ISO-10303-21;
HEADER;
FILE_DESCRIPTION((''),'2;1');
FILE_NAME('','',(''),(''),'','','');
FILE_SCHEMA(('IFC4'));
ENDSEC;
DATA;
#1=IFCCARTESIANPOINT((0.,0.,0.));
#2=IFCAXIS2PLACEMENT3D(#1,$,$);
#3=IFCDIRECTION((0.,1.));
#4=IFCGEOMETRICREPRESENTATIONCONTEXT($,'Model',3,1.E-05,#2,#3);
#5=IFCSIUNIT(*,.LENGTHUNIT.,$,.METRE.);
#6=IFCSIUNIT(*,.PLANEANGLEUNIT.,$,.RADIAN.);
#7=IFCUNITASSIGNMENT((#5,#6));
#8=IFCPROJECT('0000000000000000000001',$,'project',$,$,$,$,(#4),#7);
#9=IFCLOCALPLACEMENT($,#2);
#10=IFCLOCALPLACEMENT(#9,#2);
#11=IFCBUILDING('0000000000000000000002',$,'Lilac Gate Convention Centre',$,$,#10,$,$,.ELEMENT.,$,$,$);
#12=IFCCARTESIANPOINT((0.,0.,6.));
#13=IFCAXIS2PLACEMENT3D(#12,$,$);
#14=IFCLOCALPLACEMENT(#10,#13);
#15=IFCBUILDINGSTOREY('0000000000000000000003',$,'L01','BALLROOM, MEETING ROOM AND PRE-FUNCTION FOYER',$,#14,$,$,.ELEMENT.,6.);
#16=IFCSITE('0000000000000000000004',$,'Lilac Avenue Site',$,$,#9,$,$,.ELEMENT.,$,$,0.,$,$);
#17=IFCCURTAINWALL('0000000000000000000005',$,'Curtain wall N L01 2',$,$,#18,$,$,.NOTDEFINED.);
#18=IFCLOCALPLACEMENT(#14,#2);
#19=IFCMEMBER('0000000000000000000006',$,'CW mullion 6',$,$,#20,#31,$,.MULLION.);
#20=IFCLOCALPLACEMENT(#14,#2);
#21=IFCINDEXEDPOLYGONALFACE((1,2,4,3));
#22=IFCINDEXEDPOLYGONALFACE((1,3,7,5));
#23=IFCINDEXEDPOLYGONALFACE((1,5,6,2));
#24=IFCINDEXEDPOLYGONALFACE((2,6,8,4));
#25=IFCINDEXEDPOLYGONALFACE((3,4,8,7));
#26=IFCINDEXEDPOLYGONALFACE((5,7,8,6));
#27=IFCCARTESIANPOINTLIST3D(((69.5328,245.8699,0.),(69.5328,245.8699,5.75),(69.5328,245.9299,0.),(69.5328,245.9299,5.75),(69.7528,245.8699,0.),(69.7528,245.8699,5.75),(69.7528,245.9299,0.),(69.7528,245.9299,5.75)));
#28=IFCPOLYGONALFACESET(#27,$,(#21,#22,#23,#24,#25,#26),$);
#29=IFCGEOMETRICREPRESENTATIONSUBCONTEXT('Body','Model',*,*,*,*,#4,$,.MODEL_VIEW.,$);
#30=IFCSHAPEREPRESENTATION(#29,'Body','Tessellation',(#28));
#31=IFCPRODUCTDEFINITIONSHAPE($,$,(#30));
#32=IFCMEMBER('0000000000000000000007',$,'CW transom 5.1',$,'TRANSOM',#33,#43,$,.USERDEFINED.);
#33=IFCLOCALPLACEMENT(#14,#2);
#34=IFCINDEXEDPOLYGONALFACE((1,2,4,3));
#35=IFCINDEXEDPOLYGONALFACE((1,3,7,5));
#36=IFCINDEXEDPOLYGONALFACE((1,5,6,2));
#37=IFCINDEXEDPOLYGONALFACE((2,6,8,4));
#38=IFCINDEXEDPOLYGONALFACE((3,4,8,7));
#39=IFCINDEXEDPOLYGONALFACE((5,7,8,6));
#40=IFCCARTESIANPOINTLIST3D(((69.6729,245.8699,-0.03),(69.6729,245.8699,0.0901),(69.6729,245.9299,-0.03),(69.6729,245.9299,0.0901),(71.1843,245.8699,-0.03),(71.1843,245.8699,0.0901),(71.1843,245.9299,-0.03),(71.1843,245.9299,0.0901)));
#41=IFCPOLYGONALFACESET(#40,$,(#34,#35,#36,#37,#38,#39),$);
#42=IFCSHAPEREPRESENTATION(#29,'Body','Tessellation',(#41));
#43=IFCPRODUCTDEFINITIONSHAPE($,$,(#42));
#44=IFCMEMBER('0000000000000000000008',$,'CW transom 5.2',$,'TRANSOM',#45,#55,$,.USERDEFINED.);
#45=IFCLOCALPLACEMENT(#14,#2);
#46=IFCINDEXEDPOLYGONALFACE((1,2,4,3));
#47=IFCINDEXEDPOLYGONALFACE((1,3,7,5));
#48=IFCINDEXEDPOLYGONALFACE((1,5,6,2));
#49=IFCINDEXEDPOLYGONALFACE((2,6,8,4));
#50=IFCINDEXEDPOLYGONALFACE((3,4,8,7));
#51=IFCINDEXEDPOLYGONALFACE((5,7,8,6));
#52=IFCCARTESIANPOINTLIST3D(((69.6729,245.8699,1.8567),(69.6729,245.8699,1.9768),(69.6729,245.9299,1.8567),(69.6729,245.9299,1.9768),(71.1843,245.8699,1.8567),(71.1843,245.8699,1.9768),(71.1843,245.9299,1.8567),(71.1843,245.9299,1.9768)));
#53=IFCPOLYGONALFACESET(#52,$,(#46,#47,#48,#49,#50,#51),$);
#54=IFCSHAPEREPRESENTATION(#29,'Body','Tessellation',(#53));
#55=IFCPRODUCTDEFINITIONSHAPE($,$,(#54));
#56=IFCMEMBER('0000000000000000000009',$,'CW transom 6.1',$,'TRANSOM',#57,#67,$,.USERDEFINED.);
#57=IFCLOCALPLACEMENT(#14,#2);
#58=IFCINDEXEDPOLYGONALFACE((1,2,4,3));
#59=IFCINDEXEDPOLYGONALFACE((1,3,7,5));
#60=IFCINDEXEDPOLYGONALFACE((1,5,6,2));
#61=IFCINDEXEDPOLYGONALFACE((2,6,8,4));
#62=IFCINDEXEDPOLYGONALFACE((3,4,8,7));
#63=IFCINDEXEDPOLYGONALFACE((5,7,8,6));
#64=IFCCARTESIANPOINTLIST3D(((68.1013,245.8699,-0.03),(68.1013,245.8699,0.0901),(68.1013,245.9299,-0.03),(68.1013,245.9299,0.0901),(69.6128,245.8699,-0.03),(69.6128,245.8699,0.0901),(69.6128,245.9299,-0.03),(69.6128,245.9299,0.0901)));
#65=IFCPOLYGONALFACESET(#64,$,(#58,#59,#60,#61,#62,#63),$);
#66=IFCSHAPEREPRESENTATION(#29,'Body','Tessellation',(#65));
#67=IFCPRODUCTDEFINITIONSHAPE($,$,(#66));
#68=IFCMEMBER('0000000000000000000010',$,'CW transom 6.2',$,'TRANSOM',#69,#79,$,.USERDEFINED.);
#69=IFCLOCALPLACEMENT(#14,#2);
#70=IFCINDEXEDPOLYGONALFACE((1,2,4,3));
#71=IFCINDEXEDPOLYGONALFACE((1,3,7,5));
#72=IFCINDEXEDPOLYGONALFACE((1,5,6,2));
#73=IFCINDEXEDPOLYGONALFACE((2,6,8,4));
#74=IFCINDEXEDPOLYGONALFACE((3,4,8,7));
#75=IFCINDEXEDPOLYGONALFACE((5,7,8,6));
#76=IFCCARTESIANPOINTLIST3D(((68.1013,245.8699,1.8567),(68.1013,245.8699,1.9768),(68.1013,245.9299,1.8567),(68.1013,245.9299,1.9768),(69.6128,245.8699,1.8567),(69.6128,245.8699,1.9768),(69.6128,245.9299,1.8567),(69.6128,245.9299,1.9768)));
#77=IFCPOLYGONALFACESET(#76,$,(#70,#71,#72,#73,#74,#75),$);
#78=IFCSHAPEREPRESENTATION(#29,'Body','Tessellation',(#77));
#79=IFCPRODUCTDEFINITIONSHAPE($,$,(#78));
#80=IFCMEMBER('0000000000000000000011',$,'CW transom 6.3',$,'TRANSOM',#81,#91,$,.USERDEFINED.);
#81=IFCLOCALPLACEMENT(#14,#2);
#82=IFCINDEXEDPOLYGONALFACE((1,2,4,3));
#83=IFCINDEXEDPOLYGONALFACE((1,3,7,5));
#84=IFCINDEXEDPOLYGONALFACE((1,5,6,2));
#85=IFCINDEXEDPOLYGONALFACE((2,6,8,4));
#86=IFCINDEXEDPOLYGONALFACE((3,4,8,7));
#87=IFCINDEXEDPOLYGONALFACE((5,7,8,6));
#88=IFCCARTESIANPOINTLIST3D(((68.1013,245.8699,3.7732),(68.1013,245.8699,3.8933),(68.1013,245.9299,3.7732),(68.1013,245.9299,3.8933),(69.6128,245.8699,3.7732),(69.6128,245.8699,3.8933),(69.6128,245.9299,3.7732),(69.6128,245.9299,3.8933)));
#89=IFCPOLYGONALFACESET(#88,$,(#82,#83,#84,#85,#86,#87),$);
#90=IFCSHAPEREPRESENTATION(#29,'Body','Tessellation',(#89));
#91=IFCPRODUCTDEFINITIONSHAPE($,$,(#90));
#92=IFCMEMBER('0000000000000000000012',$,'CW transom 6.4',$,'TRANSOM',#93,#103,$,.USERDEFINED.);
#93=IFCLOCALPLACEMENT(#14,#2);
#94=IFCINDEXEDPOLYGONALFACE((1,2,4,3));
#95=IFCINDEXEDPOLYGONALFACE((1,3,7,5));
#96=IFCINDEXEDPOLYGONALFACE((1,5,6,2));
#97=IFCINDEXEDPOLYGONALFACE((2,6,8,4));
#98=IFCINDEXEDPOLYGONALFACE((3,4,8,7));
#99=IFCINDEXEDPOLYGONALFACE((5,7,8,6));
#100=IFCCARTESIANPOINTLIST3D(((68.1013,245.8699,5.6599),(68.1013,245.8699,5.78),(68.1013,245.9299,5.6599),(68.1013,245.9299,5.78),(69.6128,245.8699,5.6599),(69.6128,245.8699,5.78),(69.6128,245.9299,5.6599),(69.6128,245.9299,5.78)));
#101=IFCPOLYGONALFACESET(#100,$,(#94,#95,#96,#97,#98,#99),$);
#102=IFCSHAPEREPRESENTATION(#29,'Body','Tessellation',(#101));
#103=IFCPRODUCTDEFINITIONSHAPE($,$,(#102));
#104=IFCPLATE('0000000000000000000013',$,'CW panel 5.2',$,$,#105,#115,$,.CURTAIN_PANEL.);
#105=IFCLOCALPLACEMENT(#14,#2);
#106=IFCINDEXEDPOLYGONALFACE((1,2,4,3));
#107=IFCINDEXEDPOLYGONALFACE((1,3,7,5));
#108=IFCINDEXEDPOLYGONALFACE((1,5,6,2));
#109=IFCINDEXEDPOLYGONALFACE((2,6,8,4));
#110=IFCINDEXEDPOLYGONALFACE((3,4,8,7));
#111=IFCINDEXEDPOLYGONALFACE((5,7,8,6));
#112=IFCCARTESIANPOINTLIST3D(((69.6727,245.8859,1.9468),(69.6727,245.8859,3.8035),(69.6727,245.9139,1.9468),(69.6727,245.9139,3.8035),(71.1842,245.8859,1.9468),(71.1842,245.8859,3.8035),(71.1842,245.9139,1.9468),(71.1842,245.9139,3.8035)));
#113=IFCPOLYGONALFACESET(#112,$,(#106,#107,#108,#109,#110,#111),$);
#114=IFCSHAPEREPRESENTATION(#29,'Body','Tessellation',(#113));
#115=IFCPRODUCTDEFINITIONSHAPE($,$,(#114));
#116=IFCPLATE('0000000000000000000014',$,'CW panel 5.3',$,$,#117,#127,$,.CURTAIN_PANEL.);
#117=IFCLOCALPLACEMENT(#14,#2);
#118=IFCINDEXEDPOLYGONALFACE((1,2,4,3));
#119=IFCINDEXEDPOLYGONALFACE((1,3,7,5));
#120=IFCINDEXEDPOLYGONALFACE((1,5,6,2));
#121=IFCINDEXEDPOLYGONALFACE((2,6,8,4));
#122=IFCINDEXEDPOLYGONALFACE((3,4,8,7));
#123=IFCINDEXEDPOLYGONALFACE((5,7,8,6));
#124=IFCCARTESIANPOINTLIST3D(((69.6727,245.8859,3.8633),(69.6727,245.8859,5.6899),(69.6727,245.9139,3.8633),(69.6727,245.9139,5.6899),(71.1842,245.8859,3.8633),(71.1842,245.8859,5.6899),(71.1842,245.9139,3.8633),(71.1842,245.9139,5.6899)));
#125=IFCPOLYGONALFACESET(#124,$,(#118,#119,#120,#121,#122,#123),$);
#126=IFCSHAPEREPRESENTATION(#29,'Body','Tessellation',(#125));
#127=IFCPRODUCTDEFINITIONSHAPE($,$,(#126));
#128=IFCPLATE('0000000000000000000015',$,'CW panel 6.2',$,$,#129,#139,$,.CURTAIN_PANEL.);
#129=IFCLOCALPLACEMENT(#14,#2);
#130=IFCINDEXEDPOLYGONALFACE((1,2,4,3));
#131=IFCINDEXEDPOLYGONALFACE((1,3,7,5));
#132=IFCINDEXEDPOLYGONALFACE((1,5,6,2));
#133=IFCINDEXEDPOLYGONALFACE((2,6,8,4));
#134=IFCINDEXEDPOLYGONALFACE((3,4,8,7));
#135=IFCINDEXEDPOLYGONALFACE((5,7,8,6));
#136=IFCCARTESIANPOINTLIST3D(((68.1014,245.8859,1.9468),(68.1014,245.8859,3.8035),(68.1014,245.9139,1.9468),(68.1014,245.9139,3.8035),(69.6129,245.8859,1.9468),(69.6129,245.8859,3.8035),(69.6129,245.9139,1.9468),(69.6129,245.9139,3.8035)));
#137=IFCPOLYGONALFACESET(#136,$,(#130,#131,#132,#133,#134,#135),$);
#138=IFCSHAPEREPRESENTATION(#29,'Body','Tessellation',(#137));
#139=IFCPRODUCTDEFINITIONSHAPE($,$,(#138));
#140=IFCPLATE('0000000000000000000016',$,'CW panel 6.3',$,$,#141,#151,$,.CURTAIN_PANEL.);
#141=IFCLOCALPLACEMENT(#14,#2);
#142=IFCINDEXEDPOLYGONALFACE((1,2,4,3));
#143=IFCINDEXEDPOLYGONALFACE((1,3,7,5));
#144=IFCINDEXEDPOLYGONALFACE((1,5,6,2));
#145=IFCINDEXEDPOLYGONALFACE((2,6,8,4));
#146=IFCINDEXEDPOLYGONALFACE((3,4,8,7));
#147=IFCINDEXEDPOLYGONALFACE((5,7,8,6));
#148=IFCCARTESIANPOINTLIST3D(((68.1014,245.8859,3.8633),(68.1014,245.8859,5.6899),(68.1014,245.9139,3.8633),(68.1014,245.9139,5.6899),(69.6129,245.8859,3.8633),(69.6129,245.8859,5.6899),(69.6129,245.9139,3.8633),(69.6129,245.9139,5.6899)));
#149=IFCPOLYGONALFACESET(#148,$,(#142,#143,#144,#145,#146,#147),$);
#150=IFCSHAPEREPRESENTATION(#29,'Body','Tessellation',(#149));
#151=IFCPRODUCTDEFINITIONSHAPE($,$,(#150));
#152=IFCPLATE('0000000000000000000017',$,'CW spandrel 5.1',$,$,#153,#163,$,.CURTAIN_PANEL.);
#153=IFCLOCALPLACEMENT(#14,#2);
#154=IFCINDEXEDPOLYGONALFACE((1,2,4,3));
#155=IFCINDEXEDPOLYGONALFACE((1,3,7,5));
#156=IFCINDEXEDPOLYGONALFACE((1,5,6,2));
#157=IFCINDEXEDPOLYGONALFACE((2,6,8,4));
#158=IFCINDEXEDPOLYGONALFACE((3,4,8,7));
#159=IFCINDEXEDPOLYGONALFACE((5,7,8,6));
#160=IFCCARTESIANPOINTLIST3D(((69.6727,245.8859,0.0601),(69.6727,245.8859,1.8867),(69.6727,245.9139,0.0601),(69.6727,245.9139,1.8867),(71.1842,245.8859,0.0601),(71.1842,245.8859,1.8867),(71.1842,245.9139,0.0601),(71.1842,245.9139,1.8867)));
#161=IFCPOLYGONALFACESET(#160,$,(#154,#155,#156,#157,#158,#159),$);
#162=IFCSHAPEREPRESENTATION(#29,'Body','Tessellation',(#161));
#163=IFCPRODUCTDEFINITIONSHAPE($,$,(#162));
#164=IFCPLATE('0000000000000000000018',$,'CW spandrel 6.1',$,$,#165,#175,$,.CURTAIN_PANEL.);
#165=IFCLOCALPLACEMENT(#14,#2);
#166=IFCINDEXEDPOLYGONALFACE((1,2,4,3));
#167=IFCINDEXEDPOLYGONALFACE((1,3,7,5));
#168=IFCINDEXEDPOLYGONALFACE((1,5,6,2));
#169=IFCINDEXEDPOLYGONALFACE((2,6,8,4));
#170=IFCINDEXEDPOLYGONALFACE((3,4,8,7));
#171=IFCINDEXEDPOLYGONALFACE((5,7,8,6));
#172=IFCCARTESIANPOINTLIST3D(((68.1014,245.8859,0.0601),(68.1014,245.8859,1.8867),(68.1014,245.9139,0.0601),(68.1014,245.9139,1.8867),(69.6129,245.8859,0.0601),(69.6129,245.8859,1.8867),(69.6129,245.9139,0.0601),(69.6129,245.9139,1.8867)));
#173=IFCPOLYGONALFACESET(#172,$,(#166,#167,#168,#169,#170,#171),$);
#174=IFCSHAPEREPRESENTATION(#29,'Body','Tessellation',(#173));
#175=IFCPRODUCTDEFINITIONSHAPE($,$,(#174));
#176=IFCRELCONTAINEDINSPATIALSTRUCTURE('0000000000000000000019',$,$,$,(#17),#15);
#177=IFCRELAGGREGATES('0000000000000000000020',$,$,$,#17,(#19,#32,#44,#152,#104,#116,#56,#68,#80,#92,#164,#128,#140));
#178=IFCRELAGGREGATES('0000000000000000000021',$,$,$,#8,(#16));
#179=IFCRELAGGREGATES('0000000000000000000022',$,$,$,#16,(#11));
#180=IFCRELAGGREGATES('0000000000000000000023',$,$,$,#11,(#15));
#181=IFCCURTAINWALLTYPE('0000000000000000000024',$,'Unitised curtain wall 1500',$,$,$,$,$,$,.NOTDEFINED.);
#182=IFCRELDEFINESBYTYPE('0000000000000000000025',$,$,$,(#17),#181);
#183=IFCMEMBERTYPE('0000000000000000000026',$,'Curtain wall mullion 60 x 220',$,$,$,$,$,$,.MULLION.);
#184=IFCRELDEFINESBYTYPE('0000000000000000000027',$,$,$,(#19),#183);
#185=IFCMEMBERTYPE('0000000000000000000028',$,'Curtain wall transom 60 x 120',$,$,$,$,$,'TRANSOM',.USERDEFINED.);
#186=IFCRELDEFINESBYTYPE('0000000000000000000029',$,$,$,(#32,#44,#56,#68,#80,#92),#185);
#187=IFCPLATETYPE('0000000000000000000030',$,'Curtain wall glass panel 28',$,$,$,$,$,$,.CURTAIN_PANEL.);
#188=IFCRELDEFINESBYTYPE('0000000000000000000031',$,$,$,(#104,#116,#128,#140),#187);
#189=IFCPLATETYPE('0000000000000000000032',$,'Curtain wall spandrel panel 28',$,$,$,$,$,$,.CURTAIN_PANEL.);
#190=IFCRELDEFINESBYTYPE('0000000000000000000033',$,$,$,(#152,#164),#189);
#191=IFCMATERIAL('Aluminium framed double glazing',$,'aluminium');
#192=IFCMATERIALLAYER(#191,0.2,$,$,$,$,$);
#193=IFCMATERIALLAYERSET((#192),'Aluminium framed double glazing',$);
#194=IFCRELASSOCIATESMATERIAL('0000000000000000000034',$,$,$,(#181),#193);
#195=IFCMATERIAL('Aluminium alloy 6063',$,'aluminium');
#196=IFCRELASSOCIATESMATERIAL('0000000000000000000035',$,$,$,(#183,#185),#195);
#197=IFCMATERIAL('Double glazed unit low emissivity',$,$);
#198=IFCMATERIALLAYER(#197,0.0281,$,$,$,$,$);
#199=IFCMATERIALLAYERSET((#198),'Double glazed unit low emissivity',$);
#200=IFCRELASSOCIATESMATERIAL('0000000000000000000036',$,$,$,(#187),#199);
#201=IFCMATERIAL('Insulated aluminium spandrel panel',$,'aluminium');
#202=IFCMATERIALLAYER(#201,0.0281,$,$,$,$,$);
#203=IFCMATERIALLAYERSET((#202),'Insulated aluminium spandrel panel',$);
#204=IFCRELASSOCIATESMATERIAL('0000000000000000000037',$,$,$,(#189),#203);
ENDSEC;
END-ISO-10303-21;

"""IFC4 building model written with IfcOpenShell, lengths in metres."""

from ifc_helpers import new_model, si_unit, direction, frame, origin, origin_2d, place, context, subcontext, project, spatial, rectangle, extrude, material, layer, layer_set, material_profile, profile_set, type_object, element, aggregate, save


model = new_model("IFC4")

# Units and contexts
model_context = context("Model", 3, precision=1e-05, world=origin(), true_north=direction((0.0, 1.0)))
body_context = subcontext(model_context, "Body", "Model", "MODEL_VIEW")
ifc_project = project(units=[si_unit("LENGTHUNIT", "METRE"), si_unit("PLANEANGLEUNIT", "RADIAN")], contexts=[model_context])

# Site, building, storey
site_placement = place(None, origin())
site = spatial("IfcSite", under=ifc_project, at=site_placement, Name="Lilac Avenue Site", CompositionType="ELEMENT", RefElevation=0.0)
building_placement = place(site_placement, origin())
building = spatial("IfcBuilding", under=site, at=building_placement, Name="Lilac Gate Convention Centre", CompositionType="ELEMENT")
storey_placement = place(building_placement, frame((0.0, 0.0, 6.0)))
storey = spatial("IfcBuildingStorey", under=building, at=storey_placement, Name="L01", Description="BALLROOM, MEETING ROOM AND PRE-FUNCTION FOYER", CompositionType="ELEMENT", Elevation=6.0)

# Curtain wall, members, plates
ifc_material_1 = material(Name="Aluminium framed double glazing", Category="aluminium")
ifc_layer_1 = layer(ifc_material_1, 0.2)
ifc_layer_set_1 = layer_set([ifc_layer_1], Name="Aluminium framed double glazing")
curtain_wall_type = type_object("IfcCurtainWallType", Name="Unitised curtain wall 1500", PredefinedType="NOTDEFINED", material=ifc_layer_set_1)
curtain_wall_placement = place(storey_placement, origin())
curtain_wall = element("IfcCurtainWall", 1, at=curtain_wall_placement, inside=storey, type_object=curtain_wall_type, Name="Curtain wall N L01 2", PredefinedType="NOTDEFINED")
ifc_material_2 = material(Name="Aluminium alloy 6063", Category="aluminium")
ifc_material_profile_1 = material_profile(ifc_material_2, rectangle(XDim=0.0601, YDim=0.22, at=origin_2d()), Name="Curtain wall mullion 60 x 220")
ifc_profile_set_1 = profile_set([ifc_material_profile_1], Name="Aluminium alloy 6063")
member_type_1 = type_object("IfcMemberType", Name="Curtain wall mullion 60 x 220", PredefinedType="MULLION", material=ifc_profile_set_1)
member_1_placement = place(storey_placement, frame((69.6428, 245.8999, 0.0), z_axis=(0.0, 0.0, 1.0), x_axis=(0.0, -1.0, 0.0)))
member_1 = element("IfcMember", 2, at=member_1_placement, type_object=member_type_1, Name="CW mullion 6", PredefinedType="MULLION", context=body_context, shape_type="SweptSolid", body=[
    extrude(rectangle(XDim=0.0601, YDim=0.22, at=origin_2d()), origin(), (0.0, 0.0, 1.0), 5.75),
])
ifc_material_profile_2 = material_profile(ifc_material_2, rectangle(XDim=0.0601, YDim=0.1201, at=origin_2d()), Name="Curtain wall transom 60 x 120")
ifc_profile_set_2 = profile_set([ifc_material_profile_2], Name="Aluminium alloy 6063")
member_type_2 = type_object("IfcMemberType", Name="Curtain wall transom 60 x 120", ElementType="TRANSOM", PredefinedType="USERDEFINED", material=ifc_profile_set_2)
member_2_placement = place(storey_placement, frame((71.1843, 245.8999, 0.03), z_axis=(-1.0, 0.0, 0.0), x_axis=(0.0, -1.0, 0.0)))
member_2 = element("IfcMember", 3, at=member_2_placement, type_object=member_type_2, Name="CW transom 5.1", ObjectType="TRANSOM", PredefinedType="USERDEFINED", context=body_context, shape_type="SweptSolid", body=[
    extrude(rectangle(XDim=0.0601, YDim=0.1201, at=origin_2d()), origin(), (0.0, 0.0, 1.0), 1.5115),
])
member_3_placement = place(storey_placement, frame((71.1843, 245.8999, 1.9167), z_axis=(-1.0, 0.0, 0.0), x_axis=(0.0, -1.0, 0.0)))
member_3 = element("IfcMember", 4, at=member_3_placement, type_object=member_type_2, Name="CW transom 5.2", ObjectType="TRANSOM", PredefinedType="USERDEFINED", context=body_context, shape_type="SweptSolid", body=[
    extrude(rectangle(XDim=0.0601, YDim=0.1201, at=origin_2d()), origin(), (0.0, 0.0, 1.0), 1.5115),
])
member_4_placement = place(storey_placement, frame((69.6128, 245.8999, 0.03), z_axis=(-1.0, 0.0, 0.0), x_axis=(0.0, -1.0, 0.0)))
member_4 = element("IfcMember", 5, at=member_4_placement, type_object=member_type_2, Name="CW transom 6.1", ObjectType="TRANSOM", PredefinedType="USERDEFINED", context=body_context, shape_type="SweptSolid", body=[
    extrude(rectangle(XDim=0.0601, YDim=0.1201, at=origin_2d()), origin(), (0.0, 0.0, 1.0), 1.5115),
])
member_5_placement = place(storey_placement, frame((69.6128, 245.8999, 1.9167), z_axis=(-1.0, 0.0, 0.0), x_axis=(0.0, -1.0, 0.0)))
member_5 = element("IfcMember", 6, at=member_5_placement, type_object=member_type_2, Name="CW transom 6.2", ObjectType="TRANSOM", PredefinedType="USERDEFINED", context=body_context, shape_type="SweptSolid", body=[
    extrude(rectangle(XDim=0.0601, YDim=0.1201, at=origin_2d()), origin(), (0.0, 0.0, 1.0), 1.5115),
])
member_6_placement = place(storey_placement, frame((69.6128, 245.8999, 3.8333), z_axis=(-1.0, 0.0, 0.0), x_axis=(0.0, -1.0, 0.0)))
member_6 = element("IfcMember", 7, at=member_6_placement, type_object=member_type_2, Name="CW transom 6.3", ObjectType="TRANSOM", PredefinedType="USERDEFINED", context=body_context, shape_type="SweptSolid", body=[
    extrude(rectangle(XDim=0.0601, YDim=0.1201, at=origin_2d()), origin(), (0.0, 0.0, 1.0), 1.5115),
])
member_7_placement = place(storey_placement, frame((69.6128, 245.8999, 5.72), z_axis=(-1.0, 0.0, 0.0), x_axis=(0.0, -1.0, 0.0)))
member_7 = element("IfcMember", 8, at=member_7_placement, type_object=member_type_2, Name="CW transom 6.4", ObjectType="TRANSOM", PredefinedType="USERDEFINED", context=body_context, shape_type="SweptSolid", body=[
    extrude(rectangle(XDim=0.0601, YDim=0.1201, at=origin_2d()), origin(), (0.0, 0.0, 1.0), 1.5115),
])
ifc_material_3 = material(Name="Double glazed unit low emissivity")
ifc_layer_2 = layer(ifc_material_3, 0.0281)
ifc_layer_set_2 = layer_set([ifc_layer_2], Name="Double glazed unit low emissivity")
plate_type_1 = type_object("IfcPlateType", Name="Curtain wall glass panel 28", PredefinedType="CURTAIN_PANEL", material=ifc_layer_set_2)
plate_1_placement = place(storey_placement, frame((70.4285, 245.8999, 1.9468), z_axis=(0.0, 0.0, 1.0), x_axis=(-1.0, 0.0, 0.0)))
plate_1 = element("IfcPlate", 9, at=plate_1_placement, type_object=plate_type_1, Name="CW panel 5.2", PredefinedType="CURTAIN_PANEL", context=body_context, shape_type="SweptSolid", body=[
    extrude(rectangle(XDim=1.5115, YDim=0.0281, at=origin_2d()), origin(), (0.0, 0.0, 1.0), 1.8567),
])
plate_2_placement = place(storey_placement, frame((70.4285, 245.8999, 3.8633), z_axis=(0.0, 0.0, 1.0), x_axis=(-1.0, 0.0, 0.0)))
plate_2 = element("IfcPlate", 10, at=plate_2_placement, type_object=plate_type_1, Name="CW panel 5.3", PredefinedType="CURTAIN_PANEL", context=body_context, shape_type="SweptSolid", body=[
    extrude(rectangle(XDim=1.5115, YDim=0.0281, at=origin_2d()), origin(), (0.0, 0.0, 1.0), 1.8267),
])
plate_3_placement = place(storey_placement, frame((68.8572, 245.8999, 1.9468), z_axis=(0.0, 0.0, 1.0), x_axis=(-1.0, 0.0, 0.0)))
plate_3 = element("IfcPlate", 11, at=plate_3_placement, type_object=plate_type_1, Name="CW panel 6.2", PredefinedType="CURTAIN_PANEL", context=body_context, shape_type="SweptSolid", body=[
    extrude(rectangle(XDim=1.5115, YDim=0.0281, at=origin_2d()), origin(), (0.0, 0.0, 1.0), 1.8567),
])
plate_4_placement = place(storey_placement, frame((68.8572, 245.8999, 3.8633), z_axis=(0.0, 0.0, 1.0), x_axis=(-1.0, 0.0, 0.0)))
plate_4 = element("IfcPlate", 12, at=plate_4_placement, type_object=plate_type_1, Name="CW panel 6.3", PredefinedType="CURTAIN_PANEL", context=body_context, shape_type="SweptSolid", body=[
    extrude(rectangle(XDim=1.5115, YDim=0.0281, at=origin_2d()), origin(), (0.0, 0.0, 1.0), 1.8267),
])
ifc_material_4 = material(Name="Insulated aluminium spandrel panel", Category="aluminium")
ifc_layer_3 = layer(ifc_material_4, 0.0281)
ifc_layer_set_3 = layer_set([ifc_layer_3], Name="Insulated aluminium spandrel panel")
plate_type_2 = type_object("IfcPlateType", Name="Curtain wall spandrel panel 28", PredefinedType="CURTAIN_PANEL", material=ifc_layer_set_3)
plate_5_placement = place(storey_placement, frame((70.4285, 245.8999, 0.0601), z_axis=(0.0, 0.0, 1.0), x_axis=(-1.0, 0.0, 0.0)))
plate_5 = element("IfcPlate", 13, at=plate_5_placement, type_object=plate_type_2, Name="CW spandrel 5.1", PredefinedType="CURTAIN_PANEL", context=body_context, shape_type="SweptSolid", body=[
    extrude(rectangle(XDim=1.5115, YDim=0.0281, at=origin_2d()), origin(), (0.0, 0.0, 1.0), 1.8267),
])
plate_6_placement = place(storey_placement, frame((68.8572, 245.8999, 0.0601), z_axis=(0.0, 0.0, 1.0), x_axis=(-1.0, 0.0, 0.0)))
plate_6 = element("IfcPlate", 14, at=plate_6_placement, type_object=plate_type_2, Name="CW spandrel 6.1", PredefinedType="CURTAIN_PANEL", context=body_context, shape_type="SweptSolid", body=[
    extrude(rectangle(XDim=1.5115, YDim=0.0281, at=origin_2d()), origin(), (0.0, 0.0, 1.0), 1.8267),
])
aggregate(curtain_wall, [member_1, member_2, member_3, plate_5, plate_1, plate_2, member_4, member_5, member_6, member_7, plate_6, plate_3, plate_4])

save(model, "model.ifc")
